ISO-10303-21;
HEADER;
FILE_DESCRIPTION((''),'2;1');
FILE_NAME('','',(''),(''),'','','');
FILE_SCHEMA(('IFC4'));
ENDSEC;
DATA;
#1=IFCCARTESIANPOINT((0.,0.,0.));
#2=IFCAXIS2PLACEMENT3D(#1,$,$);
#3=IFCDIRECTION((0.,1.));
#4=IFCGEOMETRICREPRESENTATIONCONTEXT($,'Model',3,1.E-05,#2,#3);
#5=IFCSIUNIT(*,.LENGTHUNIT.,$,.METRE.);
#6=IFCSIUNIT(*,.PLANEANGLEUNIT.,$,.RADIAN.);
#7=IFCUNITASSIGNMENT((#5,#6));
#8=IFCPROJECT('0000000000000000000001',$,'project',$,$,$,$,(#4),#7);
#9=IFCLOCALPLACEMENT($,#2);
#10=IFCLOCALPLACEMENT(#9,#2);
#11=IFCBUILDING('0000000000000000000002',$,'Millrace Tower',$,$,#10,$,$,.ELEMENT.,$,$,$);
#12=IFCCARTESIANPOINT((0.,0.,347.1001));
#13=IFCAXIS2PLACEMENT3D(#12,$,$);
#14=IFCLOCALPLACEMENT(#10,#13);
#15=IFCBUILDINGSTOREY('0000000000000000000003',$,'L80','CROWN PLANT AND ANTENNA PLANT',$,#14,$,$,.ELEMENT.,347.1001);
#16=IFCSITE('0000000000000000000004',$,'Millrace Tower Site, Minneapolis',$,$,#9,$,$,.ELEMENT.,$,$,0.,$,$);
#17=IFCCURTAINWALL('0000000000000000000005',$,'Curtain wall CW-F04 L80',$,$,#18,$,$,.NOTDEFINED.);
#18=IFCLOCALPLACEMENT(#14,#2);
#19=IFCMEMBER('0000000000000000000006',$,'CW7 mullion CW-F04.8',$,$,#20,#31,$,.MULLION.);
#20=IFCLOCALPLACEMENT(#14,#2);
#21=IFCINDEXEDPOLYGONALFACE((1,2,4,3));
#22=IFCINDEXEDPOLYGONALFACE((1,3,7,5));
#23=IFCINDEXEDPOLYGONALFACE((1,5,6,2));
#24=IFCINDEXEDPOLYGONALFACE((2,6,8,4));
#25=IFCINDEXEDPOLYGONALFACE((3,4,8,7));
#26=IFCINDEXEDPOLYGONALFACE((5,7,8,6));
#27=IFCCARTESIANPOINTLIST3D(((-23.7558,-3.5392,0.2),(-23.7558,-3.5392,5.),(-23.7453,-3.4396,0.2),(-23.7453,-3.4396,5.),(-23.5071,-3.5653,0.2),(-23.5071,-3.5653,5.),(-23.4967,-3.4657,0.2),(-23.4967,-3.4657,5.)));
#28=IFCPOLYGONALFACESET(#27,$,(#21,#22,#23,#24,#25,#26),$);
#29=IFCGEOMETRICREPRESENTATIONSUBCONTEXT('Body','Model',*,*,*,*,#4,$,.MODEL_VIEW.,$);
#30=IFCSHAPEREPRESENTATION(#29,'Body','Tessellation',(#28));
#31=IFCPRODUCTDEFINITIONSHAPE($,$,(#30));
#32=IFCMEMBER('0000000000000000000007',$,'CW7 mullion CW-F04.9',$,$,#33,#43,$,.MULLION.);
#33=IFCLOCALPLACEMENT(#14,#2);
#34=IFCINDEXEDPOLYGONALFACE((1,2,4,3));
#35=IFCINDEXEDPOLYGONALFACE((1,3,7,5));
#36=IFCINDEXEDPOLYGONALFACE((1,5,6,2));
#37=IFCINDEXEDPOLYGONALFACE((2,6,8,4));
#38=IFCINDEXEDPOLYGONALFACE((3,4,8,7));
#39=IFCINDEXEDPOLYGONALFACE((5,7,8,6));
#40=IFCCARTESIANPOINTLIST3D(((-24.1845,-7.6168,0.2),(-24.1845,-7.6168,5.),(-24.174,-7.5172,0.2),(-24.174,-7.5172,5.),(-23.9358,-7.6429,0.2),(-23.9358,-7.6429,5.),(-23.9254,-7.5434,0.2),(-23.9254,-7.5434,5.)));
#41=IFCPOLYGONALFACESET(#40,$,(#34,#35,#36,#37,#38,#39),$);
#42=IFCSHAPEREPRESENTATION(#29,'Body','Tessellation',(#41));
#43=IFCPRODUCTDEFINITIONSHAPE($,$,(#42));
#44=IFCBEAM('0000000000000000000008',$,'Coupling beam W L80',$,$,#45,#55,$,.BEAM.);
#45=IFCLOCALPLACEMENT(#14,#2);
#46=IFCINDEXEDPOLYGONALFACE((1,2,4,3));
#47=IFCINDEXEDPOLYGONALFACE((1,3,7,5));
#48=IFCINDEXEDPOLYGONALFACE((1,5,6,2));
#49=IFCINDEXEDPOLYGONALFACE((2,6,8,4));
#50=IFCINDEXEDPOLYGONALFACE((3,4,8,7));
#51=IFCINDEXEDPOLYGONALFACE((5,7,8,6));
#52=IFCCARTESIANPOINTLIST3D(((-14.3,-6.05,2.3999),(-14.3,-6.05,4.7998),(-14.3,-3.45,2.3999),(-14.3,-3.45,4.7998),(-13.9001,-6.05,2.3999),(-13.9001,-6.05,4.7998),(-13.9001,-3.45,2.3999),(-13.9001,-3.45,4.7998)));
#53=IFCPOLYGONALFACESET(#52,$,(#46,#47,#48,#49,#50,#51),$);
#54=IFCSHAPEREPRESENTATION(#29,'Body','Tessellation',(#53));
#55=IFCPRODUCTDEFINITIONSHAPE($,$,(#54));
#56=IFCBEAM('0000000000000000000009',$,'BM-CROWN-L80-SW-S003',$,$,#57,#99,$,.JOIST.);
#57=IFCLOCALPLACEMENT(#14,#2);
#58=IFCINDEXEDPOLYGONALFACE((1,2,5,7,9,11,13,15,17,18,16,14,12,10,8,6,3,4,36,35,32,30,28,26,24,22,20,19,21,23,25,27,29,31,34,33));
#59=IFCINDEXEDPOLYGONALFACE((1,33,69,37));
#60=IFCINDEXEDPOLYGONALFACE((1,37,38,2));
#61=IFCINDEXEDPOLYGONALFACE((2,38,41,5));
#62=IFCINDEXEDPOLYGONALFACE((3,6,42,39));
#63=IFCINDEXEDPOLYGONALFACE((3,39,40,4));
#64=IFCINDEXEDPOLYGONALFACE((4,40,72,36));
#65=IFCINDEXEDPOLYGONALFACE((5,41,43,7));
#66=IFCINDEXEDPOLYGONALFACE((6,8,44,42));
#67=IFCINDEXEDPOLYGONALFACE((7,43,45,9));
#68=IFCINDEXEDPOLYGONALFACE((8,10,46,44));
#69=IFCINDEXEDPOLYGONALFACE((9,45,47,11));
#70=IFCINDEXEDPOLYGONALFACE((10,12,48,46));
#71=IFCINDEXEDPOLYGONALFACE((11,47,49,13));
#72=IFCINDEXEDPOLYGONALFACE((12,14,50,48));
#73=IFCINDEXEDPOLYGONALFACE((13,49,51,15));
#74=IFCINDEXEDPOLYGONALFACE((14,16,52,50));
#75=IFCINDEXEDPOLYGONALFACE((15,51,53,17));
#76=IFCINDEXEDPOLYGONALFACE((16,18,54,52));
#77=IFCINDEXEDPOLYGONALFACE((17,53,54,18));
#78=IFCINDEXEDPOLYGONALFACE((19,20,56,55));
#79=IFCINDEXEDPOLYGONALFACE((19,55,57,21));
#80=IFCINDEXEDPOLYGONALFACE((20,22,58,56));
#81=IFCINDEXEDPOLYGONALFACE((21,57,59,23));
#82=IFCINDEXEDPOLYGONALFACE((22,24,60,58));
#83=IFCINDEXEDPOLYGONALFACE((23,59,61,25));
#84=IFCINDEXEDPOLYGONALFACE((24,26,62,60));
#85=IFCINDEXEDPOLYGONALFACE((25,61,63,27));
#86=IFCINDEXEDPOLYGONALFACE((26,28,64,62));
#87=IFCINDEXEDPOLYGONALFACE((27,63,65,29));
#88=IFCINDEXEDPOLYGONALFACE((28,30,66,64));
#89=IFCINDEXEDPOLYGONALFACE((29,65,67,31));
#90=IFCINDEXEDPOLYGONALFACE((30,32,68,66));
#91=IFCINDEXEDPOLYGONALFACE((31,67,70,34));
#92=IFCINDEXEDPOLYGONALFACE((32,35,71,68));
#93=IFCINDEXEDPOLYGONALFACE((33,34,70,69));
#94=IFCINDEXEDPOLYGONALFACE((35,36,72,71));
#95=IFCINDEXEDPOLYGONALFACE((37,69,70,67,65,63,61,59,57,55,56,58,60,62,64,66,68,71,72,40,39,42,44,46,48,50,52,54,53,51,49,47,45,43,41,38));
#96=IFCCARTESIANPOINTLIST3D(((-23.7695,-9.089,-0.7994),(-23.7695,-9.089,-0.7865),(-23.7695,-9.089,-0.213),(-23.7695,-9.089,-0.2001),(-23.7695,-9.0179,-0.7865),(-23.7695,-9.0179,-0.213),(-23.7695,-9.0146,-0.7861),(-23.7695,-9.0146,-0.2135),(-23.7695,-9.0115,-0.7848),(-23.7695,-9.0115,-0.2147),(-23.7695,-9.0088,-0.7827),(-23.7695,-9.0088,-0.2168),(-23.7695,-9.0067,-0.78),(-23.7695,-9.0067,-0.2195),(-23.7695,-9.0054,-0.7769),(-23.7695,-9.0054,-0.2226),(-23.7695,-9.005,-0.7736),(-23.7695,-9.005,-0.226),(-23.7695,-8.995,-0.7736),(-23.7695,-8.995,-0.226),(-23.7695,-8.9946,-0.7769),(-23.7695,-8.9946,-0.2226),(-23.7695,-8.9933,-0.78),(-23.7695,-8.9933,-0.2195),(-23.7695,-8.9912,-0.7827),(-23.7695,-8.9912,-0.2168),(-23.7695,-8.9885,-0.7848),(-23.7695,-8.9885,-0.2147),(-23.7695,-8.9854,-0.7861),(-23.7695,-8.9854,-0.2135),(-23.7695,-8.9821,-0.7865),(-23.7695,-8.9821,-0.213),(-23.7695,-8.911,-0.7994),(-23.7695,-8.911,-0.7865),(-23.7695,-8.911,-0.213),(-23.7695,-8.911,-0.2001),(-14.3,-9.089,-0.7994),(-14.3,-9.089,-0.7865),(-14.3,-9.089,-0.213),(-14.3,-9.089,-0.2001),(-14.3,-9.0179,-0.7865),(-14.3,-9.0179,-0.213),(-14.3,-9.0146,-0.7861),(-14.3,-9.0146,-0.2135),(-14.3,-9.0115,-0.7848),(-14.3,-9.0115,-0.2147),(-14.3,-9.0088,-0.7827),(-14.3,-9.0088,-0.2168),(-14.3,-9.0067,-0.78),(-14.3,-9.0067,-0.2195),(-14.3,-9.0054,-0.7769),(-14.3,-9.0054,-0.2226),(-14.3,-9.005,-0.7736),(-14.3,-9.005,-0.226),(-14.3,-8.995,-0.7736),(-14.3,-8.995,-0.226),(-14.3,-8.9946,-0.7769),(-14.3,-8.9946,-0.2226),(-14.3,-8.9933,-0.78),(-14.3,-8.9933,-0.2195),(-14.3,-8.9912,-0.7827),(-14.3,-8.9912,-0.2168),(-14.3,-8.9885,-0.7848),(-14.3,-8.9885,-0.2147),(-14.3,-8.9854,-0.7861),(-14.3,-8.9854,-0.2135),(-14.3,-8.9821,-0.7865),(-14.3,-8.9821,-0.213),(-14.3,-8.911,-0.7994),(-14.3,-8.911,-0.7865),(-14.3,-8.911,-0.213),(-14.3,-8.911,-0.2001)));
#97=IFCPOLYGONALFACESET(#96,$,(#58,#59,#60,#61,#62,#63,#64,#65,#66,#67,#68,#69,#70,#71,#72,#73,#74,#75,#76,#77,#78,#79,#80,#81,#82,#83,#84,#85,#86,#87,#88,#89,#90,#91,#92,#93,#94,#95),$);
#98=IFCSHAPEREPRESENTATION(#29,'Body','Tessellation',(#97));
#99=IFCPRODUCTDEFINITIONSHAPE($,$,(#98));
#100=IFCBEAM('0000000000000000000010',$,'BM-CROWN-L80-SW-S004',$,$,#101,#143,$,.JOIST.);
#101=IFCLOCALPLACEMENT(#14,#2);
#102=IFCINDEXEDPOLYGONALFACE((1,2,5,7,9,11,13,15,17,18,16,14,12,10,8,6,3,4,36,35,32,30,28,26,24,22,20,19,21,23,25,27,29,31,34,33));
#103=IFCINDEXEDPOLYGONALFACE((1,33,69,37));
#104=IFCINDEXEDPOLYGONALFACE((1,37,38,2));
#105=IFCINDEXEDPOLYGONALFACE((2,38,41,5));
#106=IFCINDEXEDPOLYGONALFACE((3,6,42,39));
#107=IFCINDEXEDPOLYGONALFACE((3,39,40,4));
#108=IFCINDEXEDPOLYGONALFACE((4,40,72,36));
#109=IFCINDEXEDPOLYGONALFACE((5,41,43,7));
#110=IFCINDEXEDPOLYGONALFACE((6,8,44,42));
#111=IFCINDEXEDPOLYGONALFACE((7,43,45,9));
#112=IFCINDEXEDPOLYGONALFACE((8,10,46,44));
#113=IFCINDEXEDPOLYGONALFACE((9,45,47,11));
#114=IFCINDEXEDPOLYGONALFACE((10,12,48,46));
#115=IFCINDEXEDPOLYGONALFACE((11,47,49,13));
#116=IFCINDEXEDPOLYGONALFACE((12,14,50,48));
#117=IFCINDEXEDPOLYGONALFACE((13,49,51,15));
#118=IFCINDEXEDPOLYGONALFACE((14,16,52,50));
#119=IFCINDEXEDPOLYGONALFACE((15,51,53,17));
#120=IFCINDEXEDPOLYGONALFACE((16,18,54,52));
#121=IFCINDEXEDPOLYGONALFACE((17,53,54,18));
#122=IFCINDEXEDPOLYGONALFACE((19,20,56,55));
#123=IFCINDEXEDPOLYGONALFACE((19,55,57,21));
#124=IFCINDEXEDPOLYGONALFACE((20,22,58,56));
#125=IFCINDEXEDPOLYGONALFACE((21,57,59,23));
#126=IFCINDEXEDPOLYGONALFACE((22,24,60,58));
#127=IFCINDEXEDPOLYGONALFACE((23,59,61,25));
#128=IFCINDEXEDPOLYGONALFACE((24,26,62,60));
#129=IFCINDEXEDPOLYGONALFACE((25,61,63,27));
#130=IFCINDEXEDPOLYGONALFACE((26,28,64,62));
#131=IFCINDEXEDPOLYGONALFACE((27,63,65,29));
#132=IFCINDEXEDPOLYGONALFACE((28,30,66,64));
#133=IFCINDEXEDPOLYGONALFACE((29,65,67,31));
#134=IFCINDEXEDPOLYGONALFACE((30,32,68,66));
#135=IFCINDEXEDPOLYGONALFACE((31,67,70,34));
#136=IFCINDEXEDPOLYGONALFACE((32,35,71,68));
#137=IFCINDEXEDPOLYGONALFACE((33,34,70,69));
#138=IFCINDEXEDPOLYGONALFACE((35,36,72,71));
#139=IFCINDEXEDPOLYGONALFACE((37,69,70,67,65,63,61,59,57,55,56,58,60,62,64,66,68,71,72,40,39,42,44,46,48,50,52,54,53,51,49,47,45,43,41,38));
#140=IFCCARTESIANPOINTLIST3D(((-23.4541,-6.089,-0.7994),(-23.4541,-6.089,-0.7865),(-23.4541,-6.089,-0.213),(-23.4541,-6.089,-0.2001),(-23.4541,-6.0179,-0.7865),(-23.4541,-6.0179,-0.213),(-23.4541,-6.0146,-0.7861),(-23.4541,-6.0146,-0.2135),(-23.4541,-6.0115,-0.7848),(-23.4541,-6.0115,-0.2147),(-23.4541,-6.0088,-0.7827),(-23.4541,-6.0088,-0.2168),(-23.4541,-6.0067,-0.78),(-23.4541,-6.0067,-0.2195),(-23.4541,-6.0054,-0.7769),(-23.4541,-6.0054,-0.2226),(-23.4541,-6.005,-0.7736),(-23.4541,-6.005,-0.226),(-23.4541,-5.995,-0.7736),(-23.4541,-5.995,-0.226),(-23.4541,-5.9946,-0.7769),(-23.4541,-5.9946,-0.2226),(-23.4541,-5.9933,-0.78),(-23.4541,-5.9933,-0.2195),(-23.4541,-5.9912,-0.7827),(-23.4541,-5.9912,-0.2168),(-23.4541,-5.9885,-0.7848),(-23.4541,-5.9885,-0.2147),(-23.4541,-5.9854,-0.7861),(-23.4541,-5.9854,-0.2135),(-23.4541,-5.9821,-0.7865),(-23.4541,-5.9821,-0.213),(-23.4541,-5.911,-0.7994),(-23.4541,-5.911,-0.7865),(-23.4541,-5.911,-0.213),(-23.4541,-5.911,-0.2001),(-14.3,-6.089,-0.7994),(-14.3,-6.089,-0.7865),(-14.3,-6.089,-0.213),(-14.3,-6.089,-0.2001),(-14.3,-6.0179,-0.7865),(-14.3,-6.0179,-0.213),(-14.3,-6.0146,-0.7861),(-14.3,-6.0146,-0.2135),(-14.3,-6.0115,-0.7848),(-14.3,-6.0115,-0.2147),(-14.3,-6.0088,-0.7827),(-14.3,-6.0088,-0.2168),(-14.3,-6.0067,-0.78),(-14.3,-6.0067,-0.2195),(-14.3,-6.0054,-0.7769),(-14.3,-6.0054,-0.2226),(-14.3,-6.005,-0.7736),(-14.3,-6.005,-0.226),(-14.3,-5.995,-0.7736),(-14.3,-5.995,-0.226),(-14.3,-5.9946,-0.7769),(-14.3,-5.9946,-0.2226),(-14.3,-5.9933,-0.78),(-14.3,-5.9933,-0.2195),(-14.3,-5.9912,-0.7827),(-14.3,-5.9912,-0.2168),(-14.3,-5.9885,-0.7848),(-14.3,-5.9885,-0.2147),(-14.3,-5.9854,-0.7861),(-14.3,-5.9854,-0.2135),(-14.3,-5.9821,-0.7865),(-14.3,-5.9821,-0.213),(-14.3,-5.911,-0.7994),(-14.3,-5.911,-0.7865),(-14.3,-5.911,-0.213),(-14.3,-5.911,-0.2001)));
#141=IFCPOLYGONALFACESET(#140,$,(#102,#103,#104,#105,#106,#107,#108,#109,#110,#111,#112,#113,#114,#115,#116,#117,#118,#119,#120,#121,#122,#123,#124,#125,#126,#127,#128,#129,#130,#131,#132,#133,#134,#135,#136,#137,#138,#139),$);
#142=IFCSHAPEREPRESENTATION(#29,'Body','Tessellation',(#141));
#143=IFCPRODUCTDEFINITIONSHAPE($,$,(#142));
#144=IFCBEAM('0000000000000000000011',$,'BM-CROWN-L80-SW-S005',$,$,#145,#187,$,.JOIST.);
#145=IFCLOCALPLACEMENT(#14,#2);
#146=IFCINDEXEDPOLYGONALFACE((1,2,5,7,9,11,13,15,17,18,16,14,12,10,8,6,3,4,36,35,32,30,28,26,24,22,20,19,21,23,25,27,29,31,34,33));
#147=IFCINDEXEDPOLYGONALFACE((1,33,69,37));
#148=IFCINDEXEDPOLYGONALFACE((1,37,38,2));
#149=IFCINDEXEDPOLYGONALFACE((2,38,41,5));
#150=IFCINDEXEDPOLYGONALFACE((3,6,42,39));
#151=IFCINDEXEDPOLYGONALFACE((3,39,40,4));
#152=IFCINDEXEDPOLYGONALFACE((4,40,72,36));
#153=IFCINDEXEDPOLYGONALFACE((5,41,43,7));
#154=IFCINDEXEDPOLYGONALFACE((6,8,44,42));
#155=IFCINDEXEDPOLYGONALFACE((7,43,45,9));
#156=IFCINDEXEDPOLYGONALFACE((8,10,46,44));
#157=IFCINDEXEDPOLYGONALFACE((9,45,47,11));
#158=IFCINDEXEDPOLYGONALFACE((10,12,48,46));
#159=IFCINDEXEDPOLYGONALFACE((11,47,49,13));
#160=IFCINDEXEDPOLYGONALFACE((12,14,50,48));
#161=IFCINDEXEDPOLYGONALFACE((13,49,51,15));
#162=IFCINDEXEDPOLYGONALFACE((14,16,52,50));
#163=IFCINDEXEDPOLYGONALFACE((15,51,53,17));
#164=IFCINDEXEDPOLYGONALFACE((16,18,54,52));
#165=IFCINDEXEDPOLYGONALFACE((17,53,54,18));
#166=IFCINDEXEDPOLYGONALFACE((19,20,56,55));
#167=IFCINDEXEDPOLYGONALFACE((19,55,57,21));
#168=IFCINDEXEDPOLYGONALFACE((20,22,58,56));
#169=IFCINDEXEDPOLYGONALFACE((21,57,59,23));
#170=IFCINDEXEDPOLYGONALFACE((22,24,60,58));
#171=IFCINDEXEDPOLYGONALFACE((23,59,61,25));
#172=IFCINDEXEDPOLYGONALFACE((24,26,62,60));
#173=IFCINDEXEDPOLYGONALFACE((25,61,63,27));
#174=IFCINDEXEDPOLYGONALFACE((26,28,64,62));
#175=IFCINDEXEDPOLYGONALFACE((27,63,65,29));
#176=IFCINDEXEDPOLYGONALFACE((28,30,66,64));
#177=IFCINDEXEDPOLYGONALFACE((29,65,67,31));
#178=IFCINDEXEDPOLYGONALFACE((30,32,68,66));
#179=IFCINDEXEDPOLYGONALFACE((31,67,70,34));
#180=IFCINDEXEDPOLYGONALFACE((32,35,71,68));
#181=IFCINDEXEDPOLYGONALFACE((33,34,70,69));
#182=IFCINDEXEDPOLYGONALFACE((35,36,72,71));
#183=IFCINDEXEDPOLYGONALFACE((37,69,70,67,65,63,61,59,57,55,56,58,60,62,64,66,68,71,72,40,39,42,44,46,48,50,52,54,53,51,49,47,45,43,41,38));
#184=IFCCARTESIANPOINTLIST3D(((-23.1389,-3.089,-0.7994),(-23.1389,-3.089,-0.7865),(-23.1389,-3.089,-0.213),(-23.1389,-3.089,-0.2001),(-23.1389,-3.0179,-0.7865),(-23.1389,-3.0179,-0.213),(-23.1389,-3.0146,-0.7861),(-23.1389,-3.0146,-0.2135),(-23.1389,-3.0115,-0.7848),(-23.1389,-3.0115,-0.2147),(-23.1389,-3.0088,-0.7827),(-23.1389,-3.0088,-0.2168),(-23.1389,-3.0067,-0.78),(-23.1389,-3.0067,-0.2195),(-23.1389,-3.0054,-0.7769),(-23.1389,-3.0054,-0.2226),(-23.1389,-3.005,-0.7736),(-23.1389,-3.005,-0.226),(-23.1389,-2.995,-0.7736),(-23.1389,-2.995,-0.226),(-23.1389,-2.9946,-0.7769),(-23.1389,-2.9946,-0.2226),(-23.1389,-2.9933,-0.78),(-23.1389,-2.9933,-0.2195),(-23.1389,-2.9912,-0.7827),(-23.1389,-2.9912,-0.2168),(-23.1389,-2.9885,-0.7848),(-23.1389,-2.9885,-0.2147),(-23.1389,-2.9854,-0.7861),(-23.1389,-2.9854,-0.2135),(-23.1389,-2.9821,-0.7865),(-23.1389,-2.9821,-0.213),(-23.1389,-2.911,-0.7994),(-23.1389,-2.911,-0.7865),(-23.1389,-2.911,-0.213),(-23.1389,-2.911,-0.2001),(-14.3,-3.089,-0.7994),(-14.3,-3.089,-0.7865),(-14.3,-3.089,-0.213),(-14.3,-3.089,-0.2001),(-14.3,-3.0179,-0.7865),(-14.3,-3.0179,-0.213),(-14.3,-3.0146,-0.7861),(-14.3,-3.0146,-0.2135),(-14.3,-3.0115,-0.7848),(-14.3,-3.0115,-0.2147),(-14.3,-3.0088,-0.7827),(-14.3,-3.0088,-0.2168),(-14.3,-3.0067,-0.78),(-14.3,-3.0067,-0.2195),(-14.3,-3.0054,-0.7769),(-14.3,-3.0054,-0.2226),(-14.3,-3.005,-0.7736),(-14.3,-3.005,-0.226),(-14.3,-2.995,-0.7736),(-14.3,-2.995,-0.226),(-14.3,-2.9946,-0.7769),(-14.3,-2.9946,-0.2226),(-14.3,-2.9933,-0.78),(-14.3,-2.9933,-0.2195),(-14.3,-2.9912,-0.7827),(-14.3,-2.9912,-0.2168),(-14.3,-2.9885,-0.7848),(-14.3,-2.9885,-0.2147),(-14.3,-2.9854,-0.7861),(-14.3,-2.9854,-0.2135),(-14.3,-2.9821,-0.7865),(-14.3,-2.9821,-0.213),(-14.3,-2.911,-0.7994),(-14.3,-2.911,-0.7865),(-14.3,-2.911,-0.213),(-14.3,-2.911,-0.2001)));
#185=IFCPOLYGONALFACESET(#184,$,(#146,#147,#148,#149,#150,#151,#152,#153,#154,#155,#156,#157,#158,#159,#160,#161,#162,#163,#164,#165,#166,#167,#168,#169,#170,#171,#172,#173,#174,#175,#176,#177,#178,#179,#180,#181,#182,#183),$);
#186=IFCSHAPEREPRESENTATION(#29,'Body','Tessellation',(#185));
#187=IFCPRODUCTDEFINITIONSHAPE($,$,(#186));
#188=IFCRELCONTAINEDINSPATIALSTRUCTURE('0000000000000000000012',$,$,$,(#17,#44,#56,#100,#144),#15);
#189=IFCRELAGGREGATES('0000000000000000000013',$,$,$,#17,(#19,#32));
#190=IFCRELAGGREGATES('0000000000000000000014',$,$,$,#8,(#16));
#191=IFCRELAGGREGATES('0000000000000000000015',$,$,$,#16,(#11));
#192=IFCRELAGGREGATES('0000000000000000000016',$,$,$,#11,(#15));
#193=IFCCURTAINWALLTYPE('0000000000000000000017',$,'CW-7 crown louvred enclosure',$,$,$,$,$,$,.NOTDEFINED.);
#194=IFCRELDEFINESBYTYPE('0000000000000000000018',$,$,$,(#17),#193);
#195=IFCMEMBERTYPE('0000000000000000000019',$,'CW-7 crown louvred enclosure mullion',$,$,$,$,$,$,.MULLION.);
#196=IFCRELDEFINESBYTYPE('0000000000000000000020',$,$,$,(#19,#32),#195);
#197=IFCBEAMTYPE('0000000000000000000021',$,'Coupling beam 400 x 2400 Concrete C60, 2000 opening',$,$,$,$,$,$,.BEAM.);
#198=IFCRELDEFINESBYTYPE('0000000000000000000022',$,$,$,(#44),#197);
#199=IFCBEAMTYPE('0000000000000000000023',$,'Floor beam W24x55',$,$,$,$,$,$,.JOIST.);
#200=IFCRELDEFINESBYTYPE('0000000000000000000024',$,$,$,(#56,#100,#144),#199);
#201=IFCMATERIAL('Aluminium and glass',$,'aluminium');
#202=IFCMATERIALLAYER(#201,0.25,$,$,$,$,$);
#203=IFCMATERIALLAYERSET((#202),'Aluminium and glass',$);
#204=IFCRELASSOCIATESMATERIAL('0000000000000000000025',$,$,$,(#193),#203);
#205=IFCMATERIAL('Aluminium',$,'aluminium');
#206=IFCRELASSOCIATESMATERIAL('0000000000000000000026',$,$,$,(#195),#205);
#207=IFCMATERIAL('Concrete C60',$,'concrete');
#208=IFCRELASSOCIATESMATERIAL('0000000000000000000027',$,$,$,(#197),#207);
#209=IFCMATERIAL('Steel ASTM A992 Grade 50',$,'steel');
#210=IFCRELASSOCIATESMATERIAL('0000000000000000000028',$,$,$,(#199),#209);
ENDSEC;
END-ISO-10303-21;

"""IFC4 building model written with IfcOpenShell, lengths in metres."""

from ifc_helpers import new_model, si_unit, direction, frame, origin, origin_2d, place, context, subcontext, project, spatial, rectangle, i_section, extrude, material, layer, layer_set, material_profile, profile_set, type_object, element, aggregate, save


model = new_model("IFC4")

# Units and contexts
model_context = context("Model", 3, precision=1e-05, world=origin(), true_north=direction((0.0, 1.0)))
body_context = subcontext(model_context, "Body", "Model", "MODEL_VIEW")
ifc_project = project(units=[si_unit("LENGTHUNIT", "METRE"), si_unit("PLANEANGLEUNIT", "RADIAN")], contexts=[model_context])

# Site, building, storey
site_placement = place(None, origin())
site = spatial("IfcSite", under=ifc_project, at=site_placement, Name="Millrace Tower Site, Minneapolis", CompositionType="ELEMENT", RefElevation=0.0)
building_placement = place(site_placement, origin())
building = spatial("IfcBuilding", under=site, at=building_placement, Name="Millrace Tower", CompositionType="ELEMENT")
storey_placement = place(building_placement, frame((0.0, 0.0, 347.1001)))
storey = spatial("IfcBuildingStorey", under=building, at=storey_placement, Name="L80", Description="CROWN PLANT AND ANTENNA PLANT", CompositionType="ELEMENT", Elevation=347.1001)

# Curtain wall, members
ifc_material_1 = material(Name="Aluminium and glass", Category="aluminium")
ifc_layer_1 = layer(ifc_material_1, 0.25)
ifc_layer_set_1 = layer_set([ifc_layer_1], Name="Aluminium and glass")
curtain_wall_type = type_object("IfcCurtainWallType", Name="CW-7 crown louvred enclosure", PredefinedType="NOTDEFINED", material=ifc_layer_set_1)
curtain_wall_placement = place(storey_placement, origin())
curtain_wall = element("IfcCurtainWall", 1, at=curtain_wall_placement, inside=storey, type_object=curtain_wall_type, Name="Curtain wall CW-F04 L80", PredefinedType="NOTDEFINED")
ifc_material_2 = material(Name="Aluminium", Category="aluminium")
ifc_material_profile_1 = material_profile(ifc_material_2, rectangle(XDim=0.1001, YDim=0.25, at=origin_2d()))
ifc_profile_set_1 = profile_set([ifc_material_profile_1], Name="Aluminium")
member_type = type_object("IfcMemberType", Name="CW-7 crown louvred enclosure mullion", PredefinedType="MULLION", material=ifc_profile_set_1)
member_1_placement = place(storey_placement, frame((-23.6262, -3.5024, 0.2), z_axis=(0.0, 0.0, 1.0), x_axis=(-0.104528, -0.994522, 0.0)))
member_1 = element("IfcMember", 2, at=member_1_placement, type_object=member_type, Name="CW7 mullion CW-F04.8", PredefinedType="MULLION", context=body_context, shape_type="SweptSolid", body=[
    extrude(rectangle(XDim=0.1001, YDim=0.25, at=origin_2d()), origin(), (0.0, 0.0, 1.0), 4.8),
])
member_2_placement = place(storey_placement, frame((-24.0549, -7.5801, 0.2), z_axis=(0.0, 0.0, 1.0), x_axis=(-0.104528, -0.994522, 0.0)))
member_2 = element("IfcMember", 3, at=member_2_placement, type_object=member_type, Name="CW7 mullion CW-F04.9", PredefinedType="MULLION", context=body_context, shape_type="SweptSolid", body=[
    extrude(rectangle(XDim=0.1001, YDim=0.25, at=origin_2d()), origin(), (0.0, 0.0, 1.0), 4.8),
])
aggregate(curtain_wall, [member_1, member_2])

# Beams
ifc_material_3 = material(Name="Concrete C60", Category="concrete")
ifc_material_profile_2 = material_profile(ifc_material_3, rectangle(XDim=0.3999, YDim=2.3999, at=origin_2d()))
ifc_profile_set_2 = profile_set([ifc_material_profile_2], Name="Concrete C60")
beam_type_1 = type_object("IfcBeamType", Name="Coupling beam 400 x 2400 Concrete C60, 2000 opening", PredefinedType="BEAM", material=ifc_profile_set_2)
beam_1_placement = place(storey_placement, frame((-14.1001, -6.05, 3.5999), z_axis=(0.0, 1.0, 0.0), x_axis=(-1.0, 0.0, 0.0)))
element("IfcBeam", 4, at=beam_1_placement, inside=storey, type_object=beam_type_1, Name="Coupling beam W L80", PredefinedType="BEAM", context=body_context, shape_type="SweptSolid", body=[
    extrude(rectangle(XDim=0.3999, YDim=2.3999, at=origin_2d()), origin(), (0.0, 0.0, 1.0), 2.6001),
])
ifc_material_4 = material(Name="Steel ASTM A992 Grade 50", Category="steel")
ifc_material_profile_3 = material_profile(ifc_material_4, i_section(OverallWidth=0.178, OverallDepth=0.5994, WebThickness=0.01, FlangeThickness=0.0129, FilletRadius=0.0129, at=origin_2d()))
ifc_profile_set_3 = profile_set([ifc_material_profile_3], Name="Steel ASTM A992 Grade 50")
beam_type_2 = type_object("IfcBeamType", Name="Floor beam W24x55", PredefinedType="JOIST", material=ifc_profile_set_3)
beam_2_placement = place(storey_placement, frame((-23.7695, -9.0, -0.4998), z_axis=(1.0, 0.0, 0.0), x_axis=(0.0, 1.0, 0.0)))
element("IfcBeam", 5, at=beam_2_placement, inside=storey, type_object=beam_type_2, Name="BM-CROWN-L80-SW-S003", PredefinedType="JOIST", context=body_context, shape_type="SweptSolid", body=[
    extrude(i_section(OverallWidth=0.178, OverallDepth=0.5994, WebThickness=0.01, FlangeThickness=0.0129, FilletRadius=0.0129, at=origin_2d()), origin(), (0.0, 0.0, 1.0), 9.4695),
])
beam_3_placement = place(storey_placement, frame((-23.4541, -6.0, -0.4998), z_axis=(1.0, 0.0, 0.0), x_axis=(0.0, 1.0, 0.0)))
element("IfcBeam", 6, at=beam_3_placement, inside=storey, type_object=beam_type_2, Name="BM-CROWN-L80-SW-S004", PredefinedType="JOIST", context=body_context, shape_type="SweptSolid", body=[
    extrude(i_section(OverallWidth=0.178, OverallDepth=0.5994, WebThickness=0.01, FlangeThickness=0.0129, FilletRadius=0.0129, at=origin_2d()), origin(), (0.0, 0.0, 1.0), 9.1541),
])
beam_4_placement = place(storey_placement, frame((-23.1389, -3.0, -0.4998), z_axis=(1.0, 0.0, 0.0), x_axis=(0.0, 1.0, 0.0)))
element("IfcBeam", 7, at=beam_4_placement, inside=storey, type_object=beam_type_2, Name="BM-CROWN-L80-SW-S005", PredefinedType="JOIST", context=body_context, shape_type="SweptSolid", body=[
    extrude(i_section(OverallWidth=0.178, OverallDepth=0.5994, WebThickness=0.01, FlangeThickness=0.0129, FilletRadius=0.0129, at=origin_2d()), origin(), (0.0, 0.0, 1.0), 8.8389),
])

save(model, "model.ifc")
